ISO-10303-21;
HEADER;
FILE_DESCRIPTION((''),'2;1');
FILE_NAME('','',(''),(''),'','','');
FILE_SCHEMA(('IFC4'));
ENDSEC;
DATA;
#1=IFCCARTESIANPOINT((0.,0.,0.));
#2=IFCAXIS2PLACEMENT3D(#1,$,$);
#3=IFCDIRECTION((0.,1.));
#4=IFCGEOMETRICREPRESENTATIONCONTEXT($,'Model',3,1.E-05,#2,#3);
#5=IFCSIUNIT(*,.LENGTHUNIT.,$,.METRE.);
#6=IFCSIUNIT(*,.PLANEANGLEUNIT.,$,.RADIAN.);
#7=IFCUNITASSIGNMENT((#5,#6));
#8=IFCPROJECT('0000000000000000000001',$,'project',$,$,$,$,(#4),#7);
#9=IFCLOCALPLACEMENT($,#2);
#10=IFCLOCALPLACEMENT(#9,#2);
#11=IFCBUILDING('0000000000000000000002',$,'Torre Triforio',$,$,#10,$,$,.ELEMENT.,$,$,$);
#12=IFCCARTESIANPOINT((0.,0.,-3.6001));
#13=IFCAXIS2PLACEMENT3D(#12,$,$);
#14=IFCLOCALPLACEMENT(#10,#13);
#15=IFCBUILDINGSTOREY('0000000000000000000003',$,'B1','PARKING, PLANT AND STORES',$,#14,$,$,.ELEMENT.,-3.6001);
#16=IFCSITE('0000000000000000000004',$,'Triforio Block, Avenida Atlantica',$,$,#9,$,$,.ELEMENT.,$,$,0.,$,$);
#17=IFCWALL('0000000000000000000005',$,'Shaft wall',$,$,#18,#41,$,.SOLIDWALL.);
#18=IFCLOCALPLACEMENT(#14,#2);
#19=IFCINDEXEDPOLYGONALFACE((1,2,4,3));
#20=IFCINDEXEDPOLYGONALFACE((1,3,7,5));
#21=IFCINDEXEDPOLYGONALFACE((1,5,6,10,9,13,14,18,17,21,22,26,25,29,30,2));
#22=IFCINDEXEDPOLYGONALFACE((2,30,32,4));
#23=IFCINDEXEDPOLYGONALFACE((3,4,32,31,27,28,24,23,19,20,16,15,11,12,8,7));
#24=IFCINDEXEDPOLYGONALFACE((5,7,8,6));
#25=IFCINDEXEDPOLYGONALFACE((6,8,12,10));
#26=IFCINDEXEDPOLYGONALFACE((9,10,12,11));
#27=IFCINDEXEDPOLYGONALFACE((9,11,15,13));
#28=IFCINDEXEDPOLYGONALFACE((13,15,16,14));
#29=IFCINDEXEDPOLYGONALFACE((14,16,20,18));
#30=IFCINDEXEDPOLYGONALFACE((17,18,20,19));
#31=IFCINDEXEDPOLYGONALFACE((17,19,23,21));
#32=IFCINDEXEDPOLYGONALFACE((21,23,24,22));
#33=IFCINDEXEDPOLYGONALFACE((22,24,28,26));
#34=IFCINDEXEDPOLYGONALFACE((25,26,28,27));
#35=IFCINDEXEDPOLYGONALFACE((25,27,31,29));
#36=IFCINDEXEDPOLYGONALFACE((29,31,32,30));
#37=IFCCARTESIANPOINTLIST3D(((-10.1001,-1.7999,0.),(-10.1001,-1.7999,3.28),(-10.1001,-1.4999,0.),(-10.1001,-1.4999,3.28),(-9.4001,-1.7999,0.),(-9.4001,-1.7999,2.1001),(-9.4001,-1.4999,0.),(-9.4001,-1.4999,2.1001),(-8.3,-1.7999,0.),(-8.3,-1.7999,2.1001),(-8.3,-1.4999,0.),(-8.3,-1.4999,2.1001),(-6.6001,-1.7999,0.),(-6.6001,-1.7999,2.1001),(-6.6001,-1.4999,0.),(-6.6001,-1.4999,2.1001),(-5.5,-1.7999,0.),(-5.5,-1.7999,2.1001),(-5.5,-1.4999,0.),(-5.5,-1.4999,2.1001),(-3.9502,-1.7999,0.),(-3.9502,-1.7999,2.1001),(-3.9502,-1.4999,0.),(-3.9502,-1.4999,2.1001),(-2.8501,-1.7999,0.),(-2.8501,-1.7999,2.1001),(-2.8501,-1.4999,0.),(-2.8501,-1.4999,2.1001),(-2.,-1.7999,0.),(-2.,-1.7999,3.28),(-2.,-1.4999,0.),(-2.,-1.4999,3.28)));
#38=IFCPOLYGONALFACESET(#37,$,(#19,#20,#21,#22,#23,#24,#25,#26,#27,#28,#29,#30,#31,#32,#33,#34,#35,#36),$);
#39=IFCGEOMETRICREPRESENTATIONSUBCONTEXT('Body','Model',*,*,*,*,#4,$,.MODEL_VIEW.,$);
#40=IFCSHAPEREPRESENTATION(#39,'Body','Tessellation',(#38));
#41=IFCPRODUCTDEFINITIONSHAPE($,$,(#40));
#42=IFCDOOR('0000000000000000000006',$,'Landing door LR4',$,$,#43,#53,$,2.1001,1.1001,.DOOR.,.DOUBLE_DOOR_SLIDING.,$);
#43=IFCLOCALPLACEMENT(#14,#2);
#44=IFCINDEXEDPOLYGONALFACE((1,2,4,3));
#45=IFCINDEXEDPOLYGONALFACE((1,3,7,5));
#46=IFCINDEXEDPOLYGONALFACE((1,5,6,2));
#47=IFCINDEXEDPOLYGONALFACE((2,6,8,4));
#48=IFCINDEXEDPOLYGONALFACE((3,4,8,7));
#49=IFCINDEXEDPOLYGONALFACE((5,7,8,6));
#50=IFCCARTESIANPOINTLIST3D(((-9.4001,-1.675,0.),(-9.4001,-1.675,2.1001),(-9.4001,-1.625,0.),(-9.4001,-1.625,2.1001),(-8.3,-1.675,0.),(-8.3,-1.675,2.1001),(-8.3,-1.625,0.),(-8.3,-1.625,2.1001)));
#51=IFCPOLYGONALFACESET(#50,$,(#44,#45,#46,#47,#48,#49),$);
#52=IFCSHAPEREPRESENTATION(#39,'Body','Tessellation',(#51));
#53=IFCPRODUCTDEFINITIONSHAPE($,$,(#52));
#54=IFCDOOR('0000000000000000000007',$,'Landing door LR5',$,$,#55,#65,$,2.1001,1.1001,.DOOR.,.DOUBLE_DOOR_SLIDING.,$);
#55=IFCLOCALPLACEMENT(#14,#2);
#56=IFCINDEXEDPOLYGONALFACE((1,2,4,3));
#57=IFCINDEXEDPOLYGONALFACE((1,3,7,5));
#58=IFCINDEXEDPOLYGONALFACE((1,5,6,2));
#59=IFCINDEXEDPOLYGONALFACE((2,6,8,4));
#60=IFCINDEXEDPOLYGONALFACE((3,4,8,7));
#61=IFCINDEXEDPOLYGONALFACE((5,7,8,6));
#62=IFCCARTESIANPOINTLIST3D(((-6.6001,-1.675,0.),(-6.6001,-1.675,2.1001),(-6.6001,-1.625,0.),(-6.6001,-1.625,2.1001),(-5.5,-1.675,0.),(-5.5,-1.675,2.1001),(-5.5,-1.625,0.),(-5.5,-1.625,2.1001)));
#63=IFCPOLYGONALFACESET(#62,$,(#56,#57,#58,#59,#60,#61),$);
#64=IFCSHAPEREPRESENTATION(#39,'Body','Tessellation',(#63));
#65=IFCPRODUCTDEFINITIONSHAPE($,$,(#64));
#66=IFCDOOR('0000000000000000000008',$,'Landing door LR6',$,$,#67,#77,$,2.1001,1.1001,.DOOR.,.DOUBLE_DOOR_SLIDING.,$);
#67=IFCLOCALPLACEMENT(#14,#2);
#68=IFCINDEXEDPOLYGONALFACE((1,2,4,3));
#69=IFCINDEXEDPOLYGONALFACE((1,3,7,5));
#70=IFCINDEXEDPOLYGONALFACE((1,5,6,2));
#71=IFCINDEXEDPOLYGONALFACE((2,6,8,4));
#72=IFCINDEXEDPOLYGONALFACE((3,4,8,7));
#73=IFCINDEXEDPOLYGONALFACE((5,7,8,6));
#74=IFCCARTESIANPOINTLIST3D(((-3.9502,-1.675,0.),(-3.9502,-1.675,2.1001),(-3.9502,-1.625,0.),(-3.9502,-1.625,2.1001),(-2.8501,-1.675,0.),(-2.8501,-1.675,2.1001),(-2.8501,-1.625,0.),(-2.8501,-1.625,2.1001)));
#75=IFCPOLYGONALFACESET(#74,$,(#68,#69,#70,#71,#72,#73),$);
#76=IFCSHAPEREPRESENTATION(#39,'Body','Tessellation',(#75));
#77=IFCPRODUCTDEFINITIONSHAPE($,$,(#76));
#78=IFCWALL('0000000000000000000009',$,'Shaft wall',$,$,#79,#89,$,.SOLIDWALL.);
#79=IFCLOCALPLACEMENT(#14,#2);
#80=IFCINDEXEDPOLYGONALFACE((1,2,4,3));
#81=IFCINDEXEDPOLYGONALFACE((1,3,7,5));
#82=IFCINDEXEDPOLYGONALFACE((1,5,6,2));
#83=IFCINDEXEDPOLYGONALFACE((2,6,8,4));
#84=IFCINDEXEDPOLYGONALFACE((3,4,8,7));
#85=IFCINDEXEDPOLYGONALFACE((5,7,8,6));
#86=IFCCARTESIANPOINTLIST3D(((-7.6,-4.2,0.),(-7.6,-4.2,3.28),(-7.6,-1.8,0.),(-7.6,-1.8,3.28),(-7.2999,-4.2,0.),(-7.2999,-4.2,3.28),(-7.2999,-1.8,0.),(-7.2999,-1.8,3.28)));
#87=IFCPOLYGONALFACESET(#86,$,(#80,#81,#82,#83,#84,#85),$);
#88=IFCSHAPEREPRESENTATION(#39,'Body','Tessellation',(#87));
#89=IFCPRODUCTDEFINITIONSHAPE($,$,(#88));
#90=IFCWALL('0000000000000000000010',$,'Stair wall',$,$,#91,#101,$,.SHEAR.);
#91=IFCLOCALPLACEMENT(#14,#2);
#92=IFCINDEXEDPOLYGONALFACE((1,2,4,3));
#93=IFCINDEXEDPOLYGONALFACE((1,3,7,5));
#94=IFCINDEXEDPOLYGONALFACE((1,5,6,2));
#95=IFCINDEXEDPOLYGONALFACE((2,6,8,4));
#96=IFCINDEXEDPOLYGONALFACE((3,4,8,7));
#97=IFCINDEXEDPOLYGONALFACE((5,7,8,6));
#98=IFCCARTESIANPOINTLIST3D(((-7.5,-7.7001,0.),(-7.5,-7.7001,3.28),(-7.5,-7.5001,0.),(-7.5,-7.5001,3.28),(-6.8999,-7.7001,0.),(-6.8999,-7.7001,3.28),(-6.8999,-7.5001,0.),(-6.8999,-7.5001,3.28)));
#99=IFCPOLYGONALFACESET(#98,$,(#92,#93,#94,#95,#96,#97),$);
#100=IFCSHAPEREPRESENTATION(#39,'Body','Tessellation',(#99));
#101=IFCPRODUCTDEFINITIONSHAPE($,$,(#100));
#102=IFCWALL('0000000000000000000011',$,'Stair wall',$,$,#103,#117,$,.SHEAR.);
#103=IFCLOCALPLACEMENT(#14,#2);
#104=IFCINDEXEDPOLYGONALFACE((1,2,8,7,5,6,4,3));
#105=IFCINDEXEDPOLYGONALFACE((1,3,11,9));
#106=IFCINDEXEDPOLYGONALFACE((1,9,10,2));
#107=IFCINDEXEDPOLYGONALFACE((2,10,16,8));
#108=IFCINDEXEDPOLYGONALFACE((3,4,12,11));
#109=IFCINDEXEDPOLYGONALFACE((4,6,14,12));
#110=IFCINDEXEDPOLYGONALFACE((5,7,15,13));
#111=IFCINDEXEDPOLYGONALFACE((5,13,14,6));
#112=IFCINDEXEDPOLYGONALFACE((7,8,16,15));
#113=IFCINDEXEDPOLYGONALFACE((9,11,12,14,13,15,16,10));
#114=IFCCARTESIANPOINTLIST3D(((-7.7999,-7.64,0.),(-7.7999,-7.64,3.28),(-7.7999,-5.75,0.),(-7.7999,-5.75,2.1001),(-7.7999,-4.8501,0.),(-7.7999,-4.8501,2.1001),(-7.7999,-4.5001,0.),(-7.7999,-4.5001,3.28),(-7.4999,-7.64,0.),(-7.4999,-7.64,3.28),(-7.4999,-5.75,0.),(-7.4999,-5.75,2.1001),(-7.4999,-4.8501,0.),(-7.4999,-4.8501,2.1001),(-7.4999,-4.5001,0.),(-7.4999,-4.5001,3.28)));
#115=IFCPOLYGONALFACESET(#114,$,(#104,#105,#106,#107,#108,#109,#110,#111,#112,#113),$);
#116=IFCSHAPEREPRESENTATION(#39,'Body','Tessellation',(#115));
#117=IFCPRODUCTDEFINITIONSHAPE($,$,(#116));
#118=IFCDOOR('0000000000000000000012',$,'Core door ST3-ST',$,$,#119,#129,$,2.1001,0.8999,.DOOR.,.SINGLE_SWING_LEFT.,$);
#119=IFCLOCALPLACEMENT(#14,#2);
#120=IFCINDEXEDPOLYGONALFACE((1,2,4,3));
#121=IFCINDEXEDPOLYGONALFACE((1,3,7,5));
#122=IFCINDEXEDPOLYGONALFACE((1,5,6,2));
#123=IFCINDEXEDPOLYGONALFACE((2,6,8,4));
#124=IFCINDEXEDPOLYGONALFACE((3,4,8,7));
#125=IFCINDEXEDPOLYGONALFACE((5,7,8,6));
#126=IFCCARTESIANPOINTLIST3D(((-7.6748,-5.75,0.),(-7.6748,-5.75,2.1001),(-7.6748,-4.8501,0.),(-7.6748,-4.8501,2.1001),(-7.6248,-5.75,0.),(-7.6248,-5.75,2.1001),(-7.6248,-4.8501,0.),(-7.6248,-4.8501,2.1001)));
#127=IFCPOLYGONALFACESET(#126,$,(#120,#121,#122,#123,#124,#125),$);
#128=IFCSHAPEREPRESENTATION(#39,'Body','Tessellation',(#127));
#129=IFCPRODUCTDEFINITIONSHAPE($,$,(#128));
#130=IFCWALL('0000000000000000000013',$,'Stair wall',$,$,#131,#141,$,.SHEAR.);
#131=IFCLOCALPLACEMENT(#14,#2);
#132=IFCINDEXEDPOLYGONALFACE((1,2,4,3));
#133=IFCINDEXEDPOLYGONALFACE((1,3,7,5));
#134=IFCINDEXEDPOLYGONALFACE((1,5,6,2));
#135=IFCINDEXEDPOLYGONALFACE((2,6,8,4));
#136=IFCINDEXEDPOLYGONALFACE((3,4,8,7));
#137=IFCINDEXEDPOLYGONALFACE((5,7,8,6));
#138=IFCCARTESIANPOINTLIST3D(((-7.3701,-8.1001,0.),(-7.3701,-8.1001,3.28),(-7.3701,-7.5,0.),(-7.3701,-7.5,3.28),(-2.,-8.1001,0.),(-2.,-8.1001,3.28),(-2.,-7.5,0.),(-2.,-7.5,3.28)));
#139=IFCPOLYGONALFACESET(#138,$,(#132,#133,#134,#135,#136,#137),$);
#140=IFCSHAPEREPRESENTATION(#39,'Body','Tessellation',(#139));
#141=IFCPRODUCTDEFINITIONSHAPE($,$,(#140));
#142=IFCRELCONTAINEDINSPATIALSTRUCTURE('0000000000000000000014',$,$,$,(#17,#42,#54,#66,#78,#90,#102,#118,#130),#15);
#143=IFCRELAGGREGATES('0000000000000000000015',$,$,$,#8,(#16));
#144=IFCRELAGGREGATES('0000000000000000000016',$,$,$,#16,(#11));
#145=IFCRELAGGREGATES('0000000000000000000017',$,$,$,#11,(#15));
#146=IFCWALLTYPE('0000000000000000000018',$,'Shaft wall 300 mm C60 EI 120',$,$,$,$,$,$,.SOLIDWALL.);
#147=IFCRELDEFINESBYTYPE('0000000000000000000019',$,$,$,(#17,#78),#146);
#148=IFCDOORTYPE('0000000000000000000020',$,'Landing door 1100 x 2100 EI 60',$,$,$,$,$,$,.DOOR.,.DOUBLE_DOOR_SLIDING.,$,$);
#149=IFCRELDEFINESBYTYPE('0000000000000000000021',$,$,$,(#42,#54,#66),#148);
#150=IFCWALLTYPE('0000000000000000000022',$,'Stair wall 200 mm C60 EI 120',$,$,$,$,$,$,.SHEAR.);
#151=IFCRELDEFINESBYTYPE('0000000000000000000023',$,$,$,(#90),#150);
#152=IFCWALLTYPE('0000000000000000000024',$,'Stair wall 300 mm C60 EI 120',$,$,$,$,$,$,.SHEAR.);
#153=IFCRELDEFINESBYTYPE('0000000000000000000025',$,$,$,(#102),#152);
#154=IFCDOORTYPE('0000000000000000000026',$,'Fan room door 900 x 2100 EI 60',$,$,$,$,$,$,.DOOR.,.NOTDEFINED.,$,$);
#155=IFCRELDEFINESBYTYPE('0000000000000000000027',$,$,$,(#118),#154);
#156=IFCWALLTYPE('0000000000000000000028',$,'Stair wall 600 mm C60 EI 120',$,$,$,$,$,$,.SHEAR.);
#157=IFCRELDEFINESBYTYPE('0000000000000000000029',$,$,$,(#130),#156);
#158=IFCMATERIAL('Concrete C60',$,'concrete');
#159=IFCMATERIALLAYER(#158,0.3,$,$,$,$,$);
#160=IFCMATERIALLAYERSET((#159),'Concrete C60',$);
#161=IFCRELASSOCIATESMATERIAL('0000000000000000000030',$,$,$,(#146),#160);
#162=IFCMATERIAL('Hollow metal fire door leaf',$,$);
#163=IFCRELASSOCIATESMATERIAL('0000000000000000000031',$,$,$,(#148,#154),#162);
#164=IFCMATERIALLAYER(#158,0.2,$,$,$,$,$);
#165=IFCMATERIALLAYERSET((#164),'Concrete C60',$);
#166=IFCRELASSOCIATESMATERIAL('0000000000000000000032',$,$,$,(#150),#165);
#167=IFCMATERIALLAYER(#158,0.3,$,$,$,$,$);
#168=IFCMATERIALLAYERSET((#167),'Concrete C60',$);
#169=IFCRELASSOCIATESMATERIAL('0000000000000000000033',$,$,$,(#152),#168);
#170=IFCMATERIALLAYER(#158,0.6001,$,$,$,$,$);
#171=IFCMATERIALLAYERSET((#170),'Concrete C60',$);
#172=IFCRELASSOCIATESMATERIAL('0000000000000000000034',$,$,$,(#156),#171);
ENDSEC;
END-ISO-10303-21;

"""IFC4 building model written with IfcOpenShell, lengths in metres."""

from ifc_helpers import new_model, si_unit, direction, frame, frame_2d, origin, place, context, subcontext, project, spatial, rectangle, extrude, material, layer, layer_set, type_object, element, fill, save


model = new_model("IFC4")

# Units and contexts
model_context = context("Model", 3, precision=1e-05, world=origin(), true_north=direction((0.0, 1.0)))
body_context = subcontext(model_context, "Body", "Model", "MODEL_VIEW")
ifc_project = project(units=[si_unit("LENGTHUNIT", "METRE"), si_unit("PLANEANGLEUNIT", "RADIAN")], contexts=[model_context])

# Site, building, storey
site_placement = place(None, origin())
site = spatial("IfcSite", under=ifc_project, at=site_placement, Name="Triforio Block, Avenida Atlantica", CompositionType="ELEMENT", RefElevation=0.0)
building_placement = place(site_placement, origin())
building = spatial("IfcBuilding", under=site, at=building_placement, Name="Torre Triforio", CompositionType="ELEMENT")
storey_placement = place(building_placement, frame((0.0, 0.0, -3.6001)))
storey = spatial("IfcBuildingStorey", under=building, at=storey_placement, Name="B1", Description="PARKING, PLANT AND STORES", CompositionType="ELEMENT", Elevation=-3.6001)

# Shared definitions
ifc_material_1 = material(Name="Concrete C60", Category="concrete")
ifc_material_2 = material(Name="Hollow metal fire door leaf")

# Shared definitions
ifc_layer_1 = layer(ifc_material_1, 0.3)
ifc_layer_set_1 = layer_set([ifc_layer_1], Name="Concrete C60")
wall_type_1 = type_object("IfcWallType", Name="Shaft wall 300 mm C60 EI 120", PredefinedType="SOLIDWALL", material=ifc_layer_set_1)

# Wall, openings, doors
wall_1_placement = place(storey_placement, frame((-10.1001, -1.6499, 0.0), z_axis=(0.0, 0.0, 1.0), x_axis=(1.0, 0.0, 0.0)))
wall_1 = element("IfcWall", 1, at=wall_1_placement, inside=storey, type_object=wall_type_1, Name="Shaft wall", PredefinedType="SOLIDWALL", context=body_context, shape_type="SweptSolid", body=[
    extrude(rectangle(XDim=8.1001, YDim=0.3, at=frame_2d((4.05, 0.0))), origin(), (0.0, 0.0, 1.0), 3.28),
])
opening_1_placement = place(wall_1_placement, frame((0.7, 0.0, 0.0)))
opening_1 = element("IfcOpeningElement", 2, at=opening_1_placement, cuts=wall_1, PredefinedType="OPENING", context=body_context, shape_type="SweptSolid", body=[
    extrude(rectangle(XDim=1.1001, YDim=2.1001, at=frame_2d((0.55, 1.05))), frame((0.0, 0.1599, 0.0), z_axis=(0.0, -1.0, 0.0), x_axis=(1.0, 0.0, 0.0)), (0.0, 0.0, 1.0), 0.3201),
])
opening_2_placement = place(wall_1_placement, frame((3.5, 0.0, 0.0)))
opening_2 = element("IfcOpeningElement", 3, at=opening_2_placement, cuts=wall_1, PredefinedType="OPENING", context=body_context, shape_type="SweptSolid", body=[
    extrude(rectangle(XDim=1.1001, YDim=2.1001, at=frame_2d((0.55, 1.05))), frame((0.0, 0.1599, 0.0), z_axis=(0.0, -1.0, 0.0), x_axis=(1.0, 0.0, 0.0)), (0.0, 0.0, 1.0), 0.3201),
])
opening_3_placement = place(wall_1_placement, frame((6.1499, 0.0, 0.0)))
opening_3 = element("IfcOpeningElement", 4, at=opening_3_placement, cuts=wall_1, PredefinedType="OPENING", context=body_context, shape_type="SweptSolid", body=[
    extrude(rectangle(XDim=1.1001, YDim=2.1001, at=frame_2d((0.55, 1.05))), frame((0.0, 0.1599, 0.0), z_axis=(0.0, -1.0, 0.0), x_axis=(1.0, 0.0, 0.0)), (0.0, 0.0, 1.0), 0.3201),
])
door_type_1 = type_object("IfcDoorType", Name="Landing door 1100 x 2100 EI 60", OperationType="DOUBLE_DOOR_SLIDING", PredefinedType="DOOR", material=ifc_material_2)
door_1_placement = place(opening_1_placement, origin())
door_1 = element("IfcDoor", 5, at=door_1_placement, inside=storey, type_object=door_type_1, Name="Landing door LR4", OperationType="DOUBLE_DOOR_SLIDING", OverallHeight=2.1001, OverallWidth=1.1001, PredefinedType="DOOR", context=body_context, shape_type="SweptSolid", body=[
    extrude(rectangle(XDim=1.1001, YDim=2.1001, at=frame_2d((0.55, 1.05))), frame((0.0, 0.0249, 0.0), z_axis=(0.0, -1.0, 0.0), x_axis=(1.0, 0.0, 0.0)), (0.0, 0.0, 1.0), 0.05),
])
fill(opening_1, door_1)
door_2_placement = place(opening_2_placement, origin())
door_2 = element("IfcDoor", 6, at=door_2_placement, inside=storey, type_object=door_type_1, Name="Landing door LR5", OperationType="DOUBLE_DOOR_SLIDING", OverallHeight=2.1001, OverallWidth=1.1001, PredefinedType="DOOR", context=body_context, shape_type="SweptSolid", body=[
    extrude(rectangle(XDim=1.1001, YDim=2.1001, at=frame_2d((0.55, 1.05))), frame((0.0, 0.0249, 0.0), z_axis=(0.0, -1.0, 0.0), x_axis=(1.0, 0.0, 0.0)), (0.0, 0.0, 1.0), 0.05),
])
fill(opening_2, door_2)
door_3_placement = place(opening_3_placement, origin())
door_3 = element("IfcDoor", 7, at=door_3_placement, inside=storey, type_object=door_type_1, Name="Landing door LR6", OperationType="DOUBLE_DOOR_SLIDING", OverallHeight=2.1001, OverallWidth=1.1001, PredefinedType="DOOR", context=body_context, shape_type="SweptSolid", body=[
    extrude(rectangle(XDim=1.1001, YDim=2.1001, at=frame_2d((0.55, 1.05))), frame((0.0, 0.0249, 0.0), z_axis=(0.0, -1.0, 0.0), x_axis=(1.0, 0.0, 0.0)), (0.0, 0.0, 1.0), 0.05),
])
fill(opening_3, door_3)

# Walls
wall_2_placement = place(storey_placement, frame((-7.45, -4.2, 0.0), z_axis=(0.0, 0.0, 1.0), x_axis=(0.0, 1.0, 0.0)))
element("IfcWall", 8, at=wall_2_placement, inside=storey, type_object=wall_type_1, Name="Shaft wall", PredefinedType="SOLIDWALL", context=body_context, shape_type="SweptSolid", body=[
    extrude(rectangle(XDim=2.3999, YDim=0.3, at=frame_2d((1.2, 0.0))), origin(), (0.0, 0.0, 1.0), 3.28),
])
ifc_layer_2 = layer(ifc_material_1, 0.2)
ifc_layer_set_2 = layer_set([ifc_layer_2], Name="Concrete C60")
wall_type_2 = type_object("IfcWallType", Name="Stair wall 200 mm C60 EI 120", PredefinedType="SHEAR", material=ifc_layer_set_2)
wall_3_placement = place(storey_placement, frame((-7.5, -7.6001, 0.0), z_axis=(0.0, 0.0, 1.0), x_axis=(1.0, 0.0, 0.0)))
element("IfcWall", 9, at=wall_3_placement, inside=storey, type_object=wall_type_2, Name="Stair wall", PredefinedType="SHEAR", context=body_context, shape_type="SweptSolid", body=[
    extrude(rectangle(XDim=0.6001, YDim=0.2, at=frame_2d((0.3, 0.0))), origin(), (0.0, 0.0, 1.0), 3.28),
])

# Wall, opening, door
ifc_layer_3 = layer(ifc_material_1, 0.3)
ifc_layer_set_3 = layer_set([ifc_layer_3], Name="Concrete C60")
wall_type_3 = type_object("IfcWallType", Name="Stair wall 300 mm C60 EI 120", PredefinedType="SHEAR", material=ifc_layer_set_3)
wall_4_placement = place(storey_placement, frame((-7.6499, -7.6399, 0.0), z_axis=(0.0, 0.0, 1.0), x_axis=(0.0, 1.0, 0.0)))
wall_4 = element("IfcWall", 10, at=wall_4_placement, inside=storey, type_object=wall_type_3, Name="Stair wall", PredefinedType="SHEAR", context=body_context, shape_type="SweptSolid", body=[
    extrude(rectangle(XDim=3.1399, YDim=0.3, at=frame_2d((1.5698, 0.0))), origin(), (0.0, 0.0, 1.0), 3.28),
])
opening_4_placement = place(wall_4_placement, frame((1.8899, 0.0, 0.0)))
opening_4 = element("IfcOpeningElement", 11, at=opening_4_placement, cuts=wall_4, PredefinedType="OPENING", context=body_context, shape_type="SweptSolid", body=[
    extrude(rectangle(XDim=0.8999, YDim=2.1001, at=frame_2d((0.45, 1.05))), frame((0.0, 0.1599, 0.0), z_axis=(0.0, -1.0, 0.0), x_axis=(1.0, 0.0, 0.0)), (0.0, 0.0, 1.0), 0.3201),
])
door_type_2 = type_object("IfcDoorType", Name="Fan room door 900 x 2100 EI 60", OperationType="NOTDEFINED", PredefinedType="DOOR", material=ifc_material_2)
door_4_placement = place(opening_4_placement, origin())
door_4 = element("IfcDoor", 12, at=door_4_placement, inside=storey, type_object=door_type_2, Name="Core door ST3-ST", OperationType="SINGLE_SWING_LEFT", OverallHeight=2.1001, OverallWidth=0.8999, PredefinedType="DOOR", context=body_context, shape_type="SweptSolid", body=[
    extrude(rectangle(XDim=0.8999, YDim=2.1001, at=frame_2d((0.45, 1.05))), frame((0.0, 0.0249, 0.0), z_axis=(0.0, -1.0, 0.0), x_axis=(1.0, 0.0, 0.0)), (0.0, 0.0, 1.0), 0.05),
])
fill(opening_4, door_4)

# Wall
ifc_layer_4 = layer(ifc_material_1, 0.6001)
ifc_layer_set_4 = layer_set([ifc_layer_4], Name="Concrete C60")
wall_type_4 = type_object("IfcWallType", Name="Stair wall 600 mm C60 EI 120", PredefinedType="SHEAR", material=ifc_layer_set_4)
wall_5_placement = place(storey_placement, frame((-7.3701, -7.8, 0.0), z_axis=(0.0, 0.0, 1.0), x_axis=(1.0, 0.0, 0.0)))
element("IfcWall", 13, at=wall_5_placement, inside=storey, type_object=wall_type_4, Name="Stair wall", PredefinedType="SHEAR", context=body_context, shape_type="SweptSolid", body=[
    extrude(rectangle(XDim=5.3701, YDim=0.6001, at=frame_2d((2.6851, 0.0))), origin(), (0.0, 0.0, 1.0), 3.28),
])

save(model, "model.ifc")
